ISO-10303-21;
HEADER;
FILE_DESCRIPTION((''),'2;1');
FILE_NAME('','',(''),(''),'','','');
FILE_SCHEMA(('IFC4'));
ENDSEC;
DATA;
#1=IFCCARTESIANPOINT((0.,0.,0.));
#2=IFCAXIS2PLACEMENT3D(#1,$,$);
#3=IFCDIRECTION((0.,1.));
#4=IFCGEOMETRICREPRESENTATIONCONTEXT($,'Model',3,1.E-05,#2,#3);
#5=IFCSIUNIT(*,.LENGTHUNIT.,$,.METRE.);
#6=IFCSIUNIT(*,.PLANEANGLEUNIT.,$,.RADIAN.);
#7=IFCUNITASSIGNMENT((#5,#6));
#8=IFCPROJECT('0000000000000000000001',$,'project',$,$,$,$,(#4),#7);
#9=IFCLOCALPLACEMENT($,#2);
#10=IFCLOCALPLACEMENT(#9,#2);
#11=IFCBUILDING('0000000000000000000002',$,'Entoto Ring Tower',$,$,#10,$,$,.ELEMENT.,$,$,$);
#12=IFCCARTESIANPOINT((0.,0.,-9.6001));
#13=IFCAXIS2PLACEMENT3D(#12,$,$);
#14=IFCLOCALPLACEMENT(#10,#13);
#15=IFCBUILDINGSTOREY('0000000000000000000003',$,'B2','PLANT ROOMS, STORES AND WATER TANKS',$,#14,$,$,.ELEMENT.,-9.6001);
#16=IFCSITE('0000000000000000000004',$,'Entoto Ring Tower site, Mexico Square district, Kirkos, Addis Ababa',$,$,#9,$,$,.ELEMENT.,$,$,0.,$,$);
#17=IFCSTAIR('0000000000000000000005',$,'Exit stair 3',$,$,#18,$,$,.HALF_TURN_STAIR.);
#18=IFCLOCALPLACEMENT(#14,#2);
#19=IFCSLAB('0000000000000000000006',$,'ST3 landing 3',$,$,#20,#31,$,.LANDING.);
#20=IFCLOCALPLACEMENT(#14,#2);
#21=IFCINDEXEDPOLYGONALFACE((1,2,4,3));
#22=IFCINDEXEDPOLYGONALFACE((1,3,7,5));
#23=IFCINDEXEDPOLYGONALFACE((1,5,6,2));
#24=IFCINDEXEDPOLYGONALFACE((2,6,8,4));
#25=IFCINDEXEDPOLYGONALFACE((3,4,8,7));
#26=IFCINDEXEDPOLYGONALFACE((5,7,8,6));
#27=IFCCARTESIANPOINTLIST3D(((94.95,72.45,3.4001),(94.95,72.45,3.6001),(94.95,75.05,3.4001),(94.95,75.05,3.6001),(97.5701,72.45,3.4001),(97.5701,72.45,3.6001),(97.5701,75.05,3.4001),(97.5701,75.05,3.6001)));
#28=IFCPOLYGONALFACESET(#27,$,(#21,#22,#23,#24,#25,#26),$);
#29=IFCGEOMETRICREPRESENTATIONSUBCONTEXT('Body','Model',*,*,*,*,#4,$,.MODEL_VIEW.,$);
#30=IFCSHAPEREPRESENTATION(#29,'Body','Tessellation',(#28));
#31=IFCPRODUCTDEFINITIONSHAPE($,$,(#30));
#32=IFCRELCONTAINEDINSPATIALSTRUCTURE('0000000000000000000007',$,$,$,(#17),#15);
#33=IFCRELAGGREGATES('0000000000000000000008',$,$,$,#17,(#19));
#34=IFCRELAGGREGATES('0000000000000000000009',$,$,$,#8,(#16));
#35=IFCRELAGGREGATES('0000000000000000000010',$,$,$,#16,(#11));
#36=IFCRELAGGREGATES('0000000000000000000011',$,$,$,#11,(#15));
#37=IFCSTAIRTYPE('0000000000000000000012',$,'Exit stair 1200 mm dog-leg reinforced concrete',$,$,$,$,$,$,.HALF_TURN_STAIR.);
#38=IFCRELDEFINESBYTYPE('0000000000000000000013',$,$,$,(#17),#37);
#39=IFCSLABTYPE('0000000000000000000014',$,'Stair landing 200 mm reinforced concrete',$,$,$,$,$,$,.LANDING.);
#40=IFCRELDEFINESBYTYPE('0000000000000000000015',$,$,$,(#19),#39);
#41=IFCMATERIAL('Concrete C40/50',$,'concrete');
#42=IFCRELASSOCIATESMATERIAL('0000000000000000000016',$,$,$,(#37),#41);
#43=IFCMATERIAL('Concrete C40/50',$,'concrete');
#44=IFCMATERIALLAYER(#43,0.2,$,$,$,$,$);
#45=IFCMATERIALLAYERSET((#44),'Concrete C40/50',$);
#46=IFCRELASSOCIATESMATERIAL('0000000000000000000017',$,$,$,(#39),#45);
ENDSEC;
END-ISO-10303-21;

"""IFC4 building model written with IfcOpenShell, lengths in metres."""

from ifc_helpers import new_model, si_unit, direction, frame, origin, place, context, subcontext, project, spatial, polyline, outline, extrude, material, layer, layer_set, type_object, element, aggregate, save


model = new_model("IFC4")

# Units and contexts
model_context = context("Model", 3, precision=1e-05, world=origin(), true_north=direction((0.0, 1.0)))
body_context = subcontext(model_context, "Body", "Model", "MODEL_VIEW")
ifc_project = project(units=[si_unit("LENGTHUNIT", "METRE"), si_unit("PLANEANGLEUNIT", "RADIAN")], contexts=[model_context])

# Site, building, storey
site_placement = place(None, origin())
site = spatial("IfcSite", under=ifc_project, at=site_placement, Name="Entoto Ring Tower site, Mexico Square district, Kirkos, Addis Ababa", CompositionType="ELEMENT", RefElevation=0.0)
building_placement = place(site_placement, origin())
building = spatial("IfcBuilding", under=site, at=building_placement, Name="Entoto Ring Tower", CompositionType="ELEMENT")
storey_placement = place(building_placement, frame((0.0, 0.0, -9.6001)))
storey = spatial("IfcBuildingStorey", under=building, at=storey_placement, Name="B2", Description="PLANT ROOMS, STORES AND WATER TANKS", CompositionType="ELEMENT", Elevation=-9.6001)

# Stair, slab
ifc_material_1 = material(Name="Concrete C40/50", Category="concrete")
stair_type = type_object("IfcStairType", Name="Exit stair 1200 mm dog-leg reinforced concrete", PredefinedType="HALF_TURN_STAIR", material=ifc_material_1)
ifc_material_2 = material(Name="Concrete C40/50", Category="concrete")
ifc_layer_1 = layer(ifc_material_2, 0.2)
ifc_layer_set_1 = layer_set([ifc_layer_1], Name="Concrete C40/50")
slab_type_1 = type_object("IfcSlabType", Name="Stair landing 200 mm reinforced concrete", PredefinedType="LANDING", material=ifc_layer_set_1)
stair_1_placement = place(storey_placement, origin())
stair_1 = element("IfcStair", 1, at=stair_1_placement, inside=storey, type_object=stair_type, Name="Exit stair 3", PredefinedType="HALF_TURN_STAIR")
slab_1_placement = place(storey_placement, frame((0.0, 0.0, 3.4001)))
slab_1 = element("IfcSlab", 2, at=slab_1_placement, type_object=slab_type_1, Name="ST3 landing 3", PredefinedType="LANDING", context=body_context, shape_type="SweptSolid", body=[
    extrude(outline(polyline([(94.95, 72.45), (97.5701, 72.45), (97.5701, 75.05), (94.95, 75.05), (94.95, 72.45)])), origin(), (0.0, 0.0, 1.0), 0.2),
])
aggregate(stair_1, [slab_1])

save(model, "model.ifc")
